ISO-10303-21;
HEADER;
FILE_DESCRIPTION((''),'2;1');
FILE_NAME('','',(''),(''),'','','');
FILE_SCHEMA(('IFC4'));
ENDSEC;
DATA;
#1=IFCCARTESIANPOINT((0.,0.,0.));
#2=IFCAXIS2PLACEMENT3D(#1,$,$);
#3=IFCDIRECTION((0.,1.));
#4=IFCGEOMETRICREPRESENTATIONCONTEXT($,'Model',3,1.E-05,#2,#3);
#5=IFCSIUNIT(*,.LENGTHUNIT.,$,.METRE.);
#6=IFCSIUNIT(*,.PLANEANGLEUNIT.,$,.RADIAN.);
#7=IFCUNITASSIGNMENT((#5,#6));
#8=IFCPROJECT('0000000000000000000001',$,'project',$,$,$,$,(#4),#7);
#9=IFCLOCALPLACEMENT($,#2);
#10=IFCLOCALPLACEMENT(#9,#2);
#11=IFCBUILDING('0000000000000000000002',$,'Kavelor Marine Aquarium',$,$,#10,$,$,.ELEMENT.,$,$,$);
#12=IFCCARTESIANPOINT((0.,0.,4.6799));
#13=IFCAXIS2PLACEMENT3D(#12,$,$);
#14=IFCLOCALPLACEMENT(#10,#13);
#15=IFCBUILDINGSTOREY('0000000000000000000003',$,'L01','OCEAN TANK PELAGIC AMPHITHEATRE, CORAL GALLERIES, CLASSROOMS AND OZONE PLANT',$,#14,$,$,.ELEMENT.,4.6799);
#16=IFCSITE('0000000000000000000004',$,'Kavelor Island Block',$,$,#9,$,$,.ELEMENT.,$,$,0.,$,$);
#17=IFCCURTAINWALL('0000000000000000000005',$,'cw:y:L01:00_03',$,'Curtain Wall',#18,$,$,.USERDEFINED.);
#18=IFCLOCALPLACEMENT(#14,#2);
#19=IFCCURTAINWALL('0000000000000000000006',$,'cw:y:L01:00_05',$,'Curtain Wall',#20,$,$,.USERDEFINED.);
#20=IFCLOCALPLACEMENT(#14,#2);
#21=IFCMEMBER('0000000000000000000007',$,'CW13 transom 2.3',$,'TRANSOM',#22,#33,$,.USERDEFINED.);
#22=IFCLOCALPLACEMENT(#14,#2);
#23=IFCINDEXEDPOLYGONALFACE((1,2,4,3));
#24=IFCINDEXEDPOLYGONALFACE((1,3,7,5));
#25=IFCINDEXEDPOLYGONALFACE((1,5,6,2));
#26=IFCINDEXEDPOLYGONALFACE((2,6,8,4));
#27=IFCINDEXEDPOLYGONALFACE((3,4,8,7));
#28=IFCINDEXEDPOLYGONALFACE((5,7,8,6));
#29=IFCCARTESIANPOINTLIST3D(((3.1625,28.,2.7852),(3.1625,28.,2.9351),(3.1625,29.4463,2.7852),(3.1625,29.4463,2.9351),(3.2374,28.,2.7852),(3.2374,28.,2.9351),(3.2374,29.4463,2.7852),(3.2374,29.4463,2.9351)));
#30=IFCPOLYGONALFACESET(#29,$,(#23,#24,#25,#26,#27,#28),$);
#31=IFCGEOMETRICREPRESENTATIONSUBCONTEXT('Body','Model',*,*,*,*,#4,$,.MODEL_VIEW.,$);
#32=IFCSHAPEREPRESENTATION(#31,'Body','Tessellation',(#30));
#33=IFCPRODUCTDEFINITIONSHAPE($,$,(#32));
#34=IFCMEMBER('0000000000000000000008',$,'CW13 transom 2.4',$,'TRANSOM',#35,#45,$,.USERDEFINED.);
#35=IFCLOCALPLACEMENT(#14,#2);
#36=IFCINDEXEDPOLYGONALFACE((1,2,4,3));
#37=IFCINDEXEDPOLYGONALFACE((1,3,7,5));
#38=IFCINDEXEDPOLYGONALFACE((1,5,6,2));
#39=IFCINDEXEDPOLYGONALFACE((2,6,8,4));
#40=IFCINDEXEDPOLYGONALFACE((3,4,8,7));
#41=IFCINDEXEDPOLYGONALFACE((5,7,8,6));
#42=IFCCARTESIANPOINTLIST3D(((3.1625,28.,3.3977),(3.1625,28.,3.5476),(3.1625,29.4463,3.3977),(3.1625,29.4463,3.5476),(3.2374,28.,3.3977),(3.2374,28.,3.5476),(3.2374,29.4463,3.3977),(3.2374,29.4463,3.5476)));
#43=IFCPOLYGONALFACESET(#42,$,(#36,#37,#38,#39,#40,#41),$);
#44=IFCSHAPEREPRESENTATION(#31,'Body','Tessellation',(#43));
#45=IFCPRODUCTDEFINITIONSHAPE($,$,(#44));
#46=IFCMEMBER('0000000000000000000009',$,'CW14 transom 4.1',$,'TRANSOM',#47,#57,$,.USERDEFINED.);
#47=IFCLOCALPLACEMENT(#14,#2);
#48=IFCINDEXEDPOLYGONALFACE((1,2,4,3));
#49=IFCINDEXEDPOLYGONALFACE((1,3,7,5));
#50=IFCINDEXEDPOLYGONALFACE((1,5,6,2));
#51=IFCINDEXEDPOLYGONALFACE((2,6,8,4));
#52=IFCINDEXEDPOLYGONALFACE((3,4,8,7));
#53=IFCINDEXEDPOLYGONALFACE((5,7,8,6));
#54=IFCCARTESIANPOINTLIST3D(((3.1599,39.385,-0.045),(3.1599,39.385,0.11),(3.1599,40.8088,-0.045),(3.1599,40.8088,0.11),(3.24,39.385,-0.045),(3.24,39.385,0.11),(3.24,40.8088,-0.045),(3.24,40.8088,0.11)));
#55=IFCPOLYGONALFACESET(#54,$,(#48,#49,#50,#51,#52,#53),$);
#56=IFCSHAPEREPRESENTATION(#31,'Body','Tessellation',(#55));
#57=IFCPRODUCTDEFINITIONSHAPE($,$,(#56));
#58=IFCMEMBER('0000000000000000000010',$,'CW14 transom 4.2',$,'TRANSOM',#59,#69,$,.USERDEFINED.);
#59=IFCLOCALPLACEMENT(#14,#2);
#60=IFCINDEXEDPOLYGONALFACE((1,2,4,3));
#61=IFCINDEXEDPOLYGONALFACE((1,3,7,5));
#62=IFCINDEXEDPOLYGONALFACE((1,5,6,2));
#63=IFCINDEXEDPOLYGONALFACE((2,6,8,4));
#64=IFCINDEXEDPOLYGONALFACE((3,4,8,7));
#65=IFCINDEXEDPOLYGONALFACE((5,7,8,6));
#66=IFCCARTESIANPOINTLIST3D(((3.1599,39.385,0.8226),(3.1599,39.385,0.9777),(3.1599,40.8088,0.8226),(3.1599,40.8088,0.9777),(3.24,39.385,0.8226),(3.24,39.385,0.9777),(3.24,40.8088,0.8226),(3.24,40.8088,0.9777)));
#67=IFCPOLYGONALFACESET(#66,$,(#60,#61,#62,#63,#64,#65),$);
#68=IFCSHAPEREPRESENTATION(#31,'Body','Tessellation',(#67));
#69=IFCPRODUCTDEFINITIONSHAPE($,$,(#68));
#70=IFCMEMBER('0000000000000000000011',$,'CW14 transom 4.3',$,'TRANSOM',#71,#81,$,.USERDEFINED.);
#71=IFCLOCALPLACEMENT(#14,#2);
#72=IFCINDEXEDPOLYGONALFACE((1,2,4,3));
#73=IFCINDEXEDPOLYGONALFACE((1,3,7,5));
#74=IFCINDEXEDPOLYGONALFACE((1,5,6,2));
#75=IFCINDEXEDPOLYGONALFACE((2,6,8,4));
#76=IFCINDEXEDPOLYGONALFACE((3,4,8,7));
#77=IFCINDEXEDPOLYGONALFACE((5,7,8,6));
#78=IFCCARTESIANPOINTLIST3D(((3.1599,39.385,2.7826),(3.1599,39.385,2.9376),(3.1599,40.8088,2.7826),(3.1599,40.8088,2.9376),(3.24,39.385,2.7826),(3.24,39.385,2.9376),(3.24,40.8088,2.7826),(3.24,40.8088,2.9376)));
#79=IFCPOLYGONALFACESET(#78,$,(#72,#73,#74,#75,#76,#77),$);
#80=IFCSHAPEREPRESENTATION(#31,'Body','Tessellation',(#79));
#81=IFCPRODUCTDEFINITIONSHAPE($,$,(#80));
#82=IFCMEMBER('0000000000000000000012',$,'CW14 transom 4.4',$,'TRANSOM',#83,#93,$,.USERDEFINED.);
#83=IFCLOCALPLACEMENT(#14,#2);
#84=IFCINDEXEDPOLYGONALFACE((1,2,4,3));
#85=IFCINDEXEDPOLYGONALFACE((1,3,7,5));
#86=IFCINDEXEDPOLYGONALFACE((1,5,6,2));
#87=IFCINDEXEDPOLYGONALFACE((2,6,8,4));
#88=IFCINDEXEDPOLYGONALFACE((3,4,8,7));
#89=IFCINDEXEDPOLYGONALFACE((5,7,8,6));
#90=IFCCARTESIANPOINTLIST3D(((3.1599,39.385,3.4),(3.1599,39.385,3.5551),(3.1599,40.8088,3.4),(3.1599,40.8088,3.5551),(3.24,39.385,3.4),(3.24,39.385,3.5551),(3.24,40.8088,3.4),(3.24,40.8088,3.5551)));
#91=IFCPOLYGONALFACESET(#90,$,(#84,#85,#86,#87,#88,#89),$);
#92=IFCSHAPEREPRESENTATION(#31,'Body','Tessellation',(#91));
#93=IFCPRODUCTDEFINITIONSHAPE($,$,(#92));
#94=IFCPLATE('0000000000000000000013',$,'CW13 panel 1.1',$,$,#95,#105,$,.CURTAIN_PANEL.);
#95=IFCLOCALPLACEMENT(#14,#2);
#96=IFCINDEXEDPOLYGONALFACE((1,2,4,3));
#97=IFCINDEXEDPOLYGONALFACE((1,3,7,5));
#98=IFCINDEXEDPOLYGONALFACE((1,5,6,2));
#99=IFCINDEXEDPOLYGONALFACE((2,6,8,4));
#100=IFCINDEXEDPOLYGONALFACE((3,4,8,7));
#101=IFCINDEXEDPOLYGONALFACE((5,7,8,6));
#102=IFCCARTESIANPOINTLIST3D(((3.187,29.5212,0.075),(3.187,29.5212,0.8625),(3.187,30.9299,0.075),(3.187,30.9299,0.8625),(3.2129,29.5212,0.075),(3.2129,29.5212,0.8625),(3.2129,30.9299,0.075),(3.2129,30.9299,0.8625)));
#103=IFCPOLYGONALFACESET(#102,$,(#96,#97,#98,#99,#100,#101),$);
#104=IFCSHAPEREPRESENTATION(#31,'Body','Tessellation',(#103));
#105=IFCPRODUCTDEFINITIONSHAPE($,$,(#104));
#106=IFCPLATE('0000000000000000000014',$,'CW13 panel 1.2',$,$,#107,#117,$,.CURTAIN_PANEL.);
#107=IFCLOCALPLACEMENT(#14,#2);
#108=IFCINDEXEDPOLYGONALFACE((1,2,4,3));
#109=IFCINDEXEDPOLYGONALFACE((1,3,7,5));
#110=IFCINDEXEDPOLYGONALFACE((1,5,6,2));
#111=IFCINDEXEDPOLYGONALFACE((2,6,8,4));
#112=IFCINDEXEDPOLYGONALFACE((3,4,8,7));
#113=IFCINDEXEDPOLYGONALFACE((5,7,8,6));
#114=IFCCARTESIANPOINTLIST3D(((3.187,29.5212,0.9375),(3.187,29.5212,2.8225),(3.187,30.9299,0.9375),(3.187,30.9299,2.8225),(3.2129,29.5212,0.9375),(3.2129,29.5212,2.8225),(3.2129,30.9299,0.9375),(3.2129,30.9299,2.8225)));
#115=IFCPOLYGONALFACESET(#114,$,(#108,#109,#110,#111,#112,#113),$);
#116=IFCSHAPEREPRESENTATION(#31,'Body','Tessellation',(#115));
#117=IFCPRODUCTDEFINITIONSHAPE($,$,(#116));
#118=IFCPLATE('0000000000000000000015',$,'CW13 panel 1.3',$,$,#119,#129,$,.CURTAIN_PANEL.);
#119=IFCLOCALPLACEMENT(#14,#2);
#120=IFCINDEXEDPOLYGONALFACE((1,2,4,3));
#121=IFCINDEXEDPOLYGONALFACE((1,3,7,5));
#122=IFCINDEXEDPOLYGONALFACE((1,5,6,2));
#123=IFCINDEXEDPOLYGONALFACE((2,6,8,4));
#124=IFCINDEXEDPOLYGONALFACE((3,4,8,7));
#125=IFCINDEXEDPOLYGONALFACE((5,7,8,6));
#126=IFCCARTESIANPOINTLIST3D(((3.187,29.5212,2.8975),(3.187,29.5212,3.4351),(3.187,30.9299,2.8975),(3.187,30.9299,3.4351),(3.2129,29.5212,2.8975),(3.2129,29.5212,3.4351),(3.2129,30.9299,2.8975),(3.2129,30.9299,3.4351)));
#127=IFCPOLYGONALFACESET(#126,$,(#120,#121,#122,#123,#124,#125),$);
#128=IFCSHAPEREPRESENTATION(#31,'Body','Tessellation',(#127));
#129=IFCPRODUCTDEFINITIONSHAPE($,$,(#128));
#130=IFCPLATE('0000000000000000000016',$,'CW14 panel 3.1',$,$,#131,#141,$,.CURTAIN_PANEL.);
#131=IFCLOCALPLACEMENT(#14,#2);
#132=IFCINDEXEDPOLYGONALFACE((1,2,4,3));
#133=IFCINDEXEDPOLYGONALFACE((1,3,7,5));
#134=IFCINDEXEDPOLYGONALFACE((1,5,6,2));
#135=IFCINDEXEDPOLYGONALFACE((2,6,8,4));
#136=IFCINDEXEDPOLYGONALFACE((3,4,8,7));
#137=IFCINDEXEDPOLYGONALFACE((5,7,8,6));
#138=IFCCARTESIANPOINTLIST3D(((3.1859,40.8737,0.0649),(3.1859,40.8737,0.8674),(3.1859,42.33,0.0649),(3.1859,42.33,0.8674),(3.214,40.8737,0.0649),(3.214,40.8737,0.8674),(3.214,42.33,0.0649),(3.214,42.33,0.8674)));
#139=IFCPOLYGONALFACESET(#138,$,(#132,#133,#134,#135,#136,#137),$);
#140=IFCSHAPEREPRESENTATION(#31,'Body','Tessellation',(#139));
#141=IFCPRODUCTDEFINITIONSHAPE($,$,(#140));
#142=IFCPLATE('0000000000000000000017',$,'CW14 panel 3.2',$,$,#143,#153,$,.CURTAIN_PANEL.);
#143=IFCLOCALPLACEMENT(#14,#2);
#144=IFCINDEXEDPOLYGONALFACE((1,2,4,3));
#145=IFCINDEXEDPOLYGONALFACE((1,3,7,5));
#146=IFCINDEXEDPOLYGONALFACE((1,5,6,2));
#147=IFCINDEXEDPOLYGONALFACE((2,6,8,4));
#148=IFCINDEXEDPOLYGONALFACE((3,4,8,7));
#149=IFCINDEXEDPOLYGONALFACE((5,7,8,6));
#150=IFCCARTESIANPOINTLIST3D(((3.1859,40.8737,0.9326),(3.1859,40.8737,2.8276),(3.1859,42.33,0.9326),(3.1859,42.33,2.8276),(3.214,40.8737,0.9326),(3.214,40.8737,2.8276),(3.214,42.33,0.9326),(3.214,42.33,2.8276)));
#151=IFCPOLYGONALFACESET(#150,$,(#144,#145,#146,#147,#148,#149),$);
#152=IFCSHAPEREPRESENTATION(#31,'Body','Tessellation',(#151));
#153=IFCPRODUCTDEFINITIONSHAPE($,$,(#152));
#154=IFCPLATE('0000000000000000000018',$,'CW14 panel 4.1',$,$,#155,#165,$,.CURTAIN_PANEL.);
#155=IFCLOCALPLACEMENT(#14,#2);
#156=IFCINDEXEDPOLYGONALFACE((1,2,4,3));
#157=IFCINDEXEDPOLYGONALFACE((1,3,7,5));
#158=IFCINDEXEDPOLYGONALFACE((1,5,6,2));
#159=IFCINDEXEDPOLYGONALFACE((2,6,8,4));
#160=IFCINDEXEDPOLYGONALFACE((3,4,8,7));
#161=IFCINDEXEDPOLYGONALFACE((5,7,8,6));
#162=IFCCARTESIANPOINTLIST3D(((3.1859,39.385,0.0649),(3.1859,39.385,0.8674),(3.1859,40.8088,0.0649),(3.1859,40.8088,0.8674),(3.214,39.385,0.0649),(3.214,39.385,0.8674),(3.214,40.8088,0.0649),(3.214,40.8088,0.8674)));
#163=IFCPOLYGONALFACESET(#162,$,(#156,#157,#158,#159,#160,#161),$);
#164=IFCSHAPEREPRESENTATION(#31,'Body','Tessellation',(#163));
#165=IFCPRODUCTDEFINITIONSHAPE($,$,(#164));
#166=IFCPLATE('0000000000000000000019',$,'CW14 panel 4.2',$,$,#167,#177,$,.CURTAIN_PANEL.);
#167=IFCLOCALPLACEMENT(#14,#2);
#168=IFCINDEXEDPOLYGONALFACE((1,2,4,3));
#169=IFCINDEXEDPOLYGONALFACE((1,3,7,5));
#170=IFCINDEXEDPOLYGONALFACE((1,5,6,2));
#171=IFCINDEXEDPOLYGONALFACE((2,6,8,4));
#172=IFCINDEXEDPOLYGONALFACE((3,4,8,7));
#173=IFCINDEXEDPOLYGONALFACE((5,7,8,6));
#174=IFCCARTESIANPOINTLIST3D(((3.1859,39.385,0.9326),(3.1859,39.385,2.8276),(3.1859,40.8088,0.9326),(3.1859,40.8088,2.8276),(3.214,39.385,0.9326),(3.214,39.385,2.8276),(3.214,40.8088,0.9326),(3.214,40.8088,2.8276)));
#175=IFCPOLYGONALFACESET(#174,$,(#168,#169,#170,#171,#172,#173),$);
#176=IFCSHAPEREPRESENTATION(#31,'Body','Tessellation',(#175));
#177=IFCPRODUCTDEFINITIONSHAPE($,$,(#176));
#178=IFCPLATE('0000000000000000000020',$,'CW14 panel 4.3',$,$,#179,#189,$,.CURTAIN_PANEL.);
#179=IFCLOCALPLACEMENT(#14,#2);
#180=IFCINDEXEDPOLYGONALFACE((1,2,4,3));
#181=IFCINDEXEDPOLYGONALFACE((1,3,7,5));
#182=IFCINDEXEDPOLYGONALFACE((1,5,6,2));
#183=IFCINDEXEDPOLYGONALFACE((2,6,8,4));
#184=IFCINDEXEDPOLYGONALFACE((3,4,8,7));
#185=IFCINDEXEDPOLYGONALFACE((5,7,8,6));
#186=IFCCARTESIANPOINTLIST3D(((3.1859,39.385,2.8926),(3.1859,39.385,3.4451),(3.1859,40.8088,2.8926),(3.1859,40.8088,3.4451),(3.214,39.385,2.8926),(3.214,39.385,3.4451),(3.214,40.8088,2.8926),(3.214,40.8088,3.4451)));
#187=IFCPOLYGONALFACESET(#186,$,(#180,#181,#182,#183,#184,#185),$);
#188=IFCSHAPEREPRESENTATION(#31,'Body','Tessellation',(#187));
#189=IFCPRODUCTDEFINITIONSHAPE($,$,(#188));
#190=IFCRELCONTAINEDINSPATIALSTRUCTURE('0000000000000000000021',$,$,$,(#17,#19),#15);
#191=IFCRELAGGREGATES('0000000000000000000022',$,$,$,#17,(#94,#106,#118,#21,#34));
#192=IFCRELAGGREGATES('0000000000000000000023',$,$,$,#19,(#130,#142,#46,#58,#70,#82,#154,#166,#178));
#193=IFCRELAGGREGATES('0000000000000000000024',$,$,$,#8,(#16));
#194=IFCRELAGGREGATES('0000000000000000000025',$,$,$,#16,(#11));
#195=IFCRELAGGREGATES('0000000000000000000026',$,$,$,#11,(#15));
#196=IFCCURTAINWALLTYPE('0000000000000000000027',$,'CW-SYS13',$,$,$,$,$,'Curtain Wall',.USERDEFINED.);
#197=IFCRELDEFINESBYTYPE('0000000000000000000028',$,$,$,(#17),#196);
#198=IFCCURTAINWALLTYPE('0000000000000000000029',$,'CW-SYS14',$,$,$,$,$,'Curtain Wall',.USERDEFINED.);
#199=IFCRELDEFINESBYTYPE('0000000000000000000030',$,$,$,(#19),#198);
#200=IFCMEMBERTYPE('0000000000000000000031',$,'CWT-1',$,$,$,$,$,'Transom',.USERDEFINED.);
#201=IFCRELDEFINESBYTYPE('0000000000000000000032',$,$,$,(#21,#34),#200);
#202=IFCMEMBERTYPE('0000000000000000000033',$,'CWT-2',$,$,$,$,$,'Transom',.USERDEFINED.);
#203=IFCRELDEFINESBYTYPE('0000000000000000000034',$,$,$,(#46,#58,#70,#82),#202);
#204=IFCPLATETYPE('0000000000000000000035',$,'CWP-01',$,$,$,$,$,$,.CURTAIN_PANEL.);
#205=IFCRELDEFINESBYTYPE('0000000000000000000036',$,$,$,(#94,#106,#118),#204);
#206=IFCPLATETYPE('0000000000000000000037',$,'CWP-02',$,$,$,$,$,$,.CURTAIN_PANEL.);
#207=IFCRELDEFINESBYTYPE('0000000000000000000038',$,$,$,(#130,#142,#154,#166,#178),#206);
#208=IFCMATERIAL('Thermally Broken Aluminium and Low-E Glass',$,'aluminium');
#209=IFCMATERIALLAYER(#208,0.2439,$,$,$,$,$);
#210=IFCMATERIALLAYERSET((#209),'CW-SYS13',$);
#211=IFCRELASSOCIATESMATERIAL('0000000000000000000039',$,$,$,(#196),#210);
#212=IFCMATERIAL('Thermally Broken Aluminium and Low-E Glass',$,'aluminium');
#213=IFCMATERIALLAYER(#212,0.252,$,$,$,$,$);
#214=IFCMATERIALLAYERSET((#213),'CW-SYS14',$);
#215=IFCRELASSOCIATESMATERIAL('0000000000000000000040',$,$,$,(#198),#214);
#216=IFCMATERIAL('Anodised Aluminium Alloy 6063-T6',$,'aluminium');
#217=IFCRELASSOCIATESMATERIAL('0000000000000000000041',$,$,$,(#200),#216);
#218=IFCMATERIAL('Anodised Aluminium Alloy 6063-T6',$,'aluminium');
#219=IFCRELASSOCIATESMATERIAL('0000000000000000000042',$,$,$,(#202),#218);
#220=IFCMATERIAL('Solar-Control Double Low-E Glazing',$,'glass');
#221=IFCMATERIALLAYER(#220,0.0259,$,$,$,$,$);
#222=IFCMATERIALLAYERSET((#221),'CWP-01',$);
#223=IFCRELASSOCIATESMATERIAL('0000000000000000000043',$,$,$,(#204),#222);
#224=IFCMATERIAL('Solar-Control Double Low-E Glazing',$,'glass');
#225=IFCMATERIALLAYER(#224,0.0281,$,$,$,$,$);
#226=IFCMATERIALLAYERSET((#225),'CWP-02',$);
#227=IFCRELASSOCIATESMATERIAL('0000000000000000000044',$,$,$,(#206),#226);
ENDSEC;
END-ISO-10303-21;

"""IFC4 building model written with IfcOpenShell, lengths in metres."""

from ifc_helpers import new_model, si_unit, direction, frame, origin, origin_2d, place, context, subcontext, project, spatial, rectangle, extrude, material, layer, layer_set, material_profile, profile_set, type_object, element, aggregate, save


model = new_model("IFC4")

# Units and contexts
model_context = context("Model", 3, precision=1e-05, world=origin(), true_north=direction((0.0, 1.0)))
body_context = subcontext(model_context, "Body", "Model", "MODEL_VIEW")
ifc_project = project(units=[si_unit("LENGTHUNIT", "METRE"), si_unit("PLANEANGLEUNIT", "RADIAN")], contexts=[model_context])

# Site, building, storey
site_placement = place(None, origin())
site = spatial("IfcSite", under=ifc_project, at=site_placement, Name="Kavelor Island Block", CompositionType="ELEMENT", RefElevation=0.0)
building_placement = place(site_placement, origin())
building = spatial("IfcBuilding", under=site, at=building_placement, Name="Kavelor Marine Aquarium", CompositionType="ELEMENT")
storey_placement = place(building_placement, frame((0.0, 0.0, 4.6799)))
storey = spatial("IfcBuildingStorey", under=building, at=storey_placement, Name="L01", Description="OCEAN TANK PELAGIC AMPHITHEATRE, CORAL GALLERIES, CLASSROOMS AND OZONE PLANT", CompositionType="ELEMENT", Elevation=4.6799)

# Curtain walls
ifc_material_1 = material(Name="Thermally Broken Aluminium and Low-E Glass", Category="aluminium")
ifc_layer_1 = layer(ifc_material_1, 0.2439)
ifc_layer_set_1 = layer_set([ifc_layer_1], Name="CW-SYS13")
curtain_wall_type_1 = type_object("IfcCurtainWallType", Name="CW-SYS13", ElementType="Curtain Wall", PredefinedType="USERDEFINED", material=ifc_layer_set_1)
curtain_wall_1_placement = place(storey_placement, origin())
curtain_wall_1 = element("IfcCurtainWall", 1, at=curtain_wall_1_placement, inside=storey, type_object=curtain_wall_type_1, Name="cw:y:L01:00_03", ObjectType="Curtain Wall", PredefinedType="USERDEFINED")
ifc_material_2 = material(Name="Thermally Broken Aluminium and Low-E Glass", Category="aluminium")
ifc_layer_2 = layer(ifc_material_2, 0.252)
ifc_layer_set_2 = layer_set([ifc_layer_2], Name="CW-SYS14")
curtain_wall_type_2 = type_object("IfcCurtainWallType", Name="CW-SYS14", ElementType="Curtain Wall", PredefinedType="USERDEFINED", material=ifc_layer_set_2)
curtain_wall_2_placement = place(storey_placement, origin())
curtain_wall_2 = element("IfcCurtainWall", 2, at=curtain_wall_2_placement, inside=storey, type_object=curtain_wall_type_2, Name="cw:y:L01:00_05", ObjectType="Curtain Wall", PredefinedType="USERDEFINED")

# Members
ifc_material_3 = material(Name="Anodised Aluminium Alloy 6063-T6", Category="aluminium")
ifc_material_profile_1 = material_profile(ifc_material_3, rectangle(XDim=0.075, YDim=0.1499, at=origin_2d()), Name="CW-TRN 75x150")
ifc_profile_set_1 = profile_set([ifc_material_profile_1], Name="Anodised Aluminium Alloy 6063-T6")
member_type_1 = type_object("IfcMemberType", Name="CWT-1", ElementType="Transom", PredefinedType="USERDEFINED", material=ifc_profile_set_1)
member_1_placement = place(storey_placement, frame((3.2, 29.4463, 2.8601), z_axis=(0.0, -1.0, 0.0), x_axis=(1.0, 0.0, 0.0)))
member_1 = element("IfcMember", 3, at=member_1_placement, type_object=member_type_1, Name="CW13 transom 2.3", ObjectType="TRANSOM", PredefinedType="USERDEFINED", context=body_context, shape_type="SweptSolid", body=[
    extrude(rectangle(XDim=0.075, YDim=0.1499, at=origin_2d()), origin(), (0.0, 0.0, 1.0), 1.4463),
])
member_2_placement = place(storey_placement, frame((3.2, 29.4463, 3.4727), z_axis=(0.0, -1.0, 0.0), x_axis=(1.0, 0.0, 0.0)))
member_2 = element("IfcMember", 4, at=member_2_placement, type_object=member_type_1, Name="CW13 transom 2.4", ObjectType="TRANSOM", PredefinedType="USERDEFINED", context=body_context, shape_type="SweptSolid", body=[
    extrude(rectangle(XDim=0.075, YDim=0.1499, at=origin_2d()), origin(), (0.0, 0.0, 1.0), 1.4463),
])
ifc_material_4 = material(Name="Anodised Aluminium Alloy 6063-T6", Category="aluminium")
ifc_material_profile_2 = material_profile(ifc_material_4, rectangle(XDim=0.0801, YDim=0.155, at=origin_2d()), Name="CW-TRN 80x155")
ifc_profile_set_2 = profile_set([ifc_material_profile_2], Name="Anodised Aluminium Alloy 6063-T6")
member_type_2 = type_object("IfcMemberType", Name="CWT-2", ElementType="Transom", PredefinedType="USERDEFINED", material=ifc_profile_set_2)
member_3_placement = place(storey_placement, frame((3.2, 40.8088, 0.0325), z_axis=(0.0, -1.0, 0.0), x_axis=(1.0, 0.0, 0.0)))
member_3 = element("IfcMember", 5, at=member_3_placement, type_object=member_type_2, Name="CW14 transom 4.1", ObjectType="TRANSOM", PredefinedType="USERDEFINED", context=body_context, shape_type="SweptSolid", body=[
    extrude(rectangle(XDim=0.0801, YDim=0.155, at=origin_2d()), origin(), (0.0, 0.0, 1.0), 1.4238),
])
member_4_placement = place(storey_placement, frame((3.2, 40.8088, 0.9001), z_axis=(0.0, -1.0, 0.0), x_axis=(1.0, 0.0, 0.0)))
member_4 = element("IfcMember", 6, at=member_4_placement, type_object=member_type_2, Name="CW14 transom 4.2", ObjectType="TRANSOM", PredefinedType="USERDEFINED", context=body_context, shape_type="SweptSolid", body=[
    extrude(rectangle(XDim=0.0801, YDim=0.155, at=origin_2d()), origin(), (0.0, 0.0, 1.0), 1.4238),
])
member_5_placement = place(storey_placement, frame((3.2, 40.8088, 2.8601), z_axis=(0.0, -1.0, 0.0), x_axis=(1.0, 0.0, 0.0)))
member_5 = element("IfcMember", 7, at=member_5_placement, type_object=member_type_2, Name="CW14 transom 4.3", ObjectType="TRANSOM", PredefinedType="USERDEFINED", context=body_context, shape_type="SweptSolid", body=[
    extrude(rectangle(XDim=0.0801, YDim=0.155, at=origin_2d()), origin(), (0.0, 0.0, 1.0), 1.4238),
])
member_6_placement = place(storey_placement, frame((3.2, 40.8088, 3.4775), z_axis=(0.0, -1.0, 0.0), x_axis=(1.0, 0.0, 0.0)))
member_6 = element("IfcMember", 8, at=member_6_placement, type_object=member_type_2, Name="CW14 transom 4.4", ObjectType="TRANSOM", PredefinedType="USERDEFINED", context=body_context, shape_type="SweptSolid", body=[
    extrude(rectangle(XDim=0.0801, YDim=0.155, at=origin_2d()), origin(), (0.0, 0.0, 1.0), 1.4238),
])

# Plates
ifc_material_5 = material(Name="Solar-Control Double Low-E Glazing", Category="glass")
ifc_layer_3 = layer(ifc_material_5, 0.0259)
ifc_layer_set_3 = layer_set([ifc_layer_3], Name="CWP-01")
plate_type_1 = type_object("IfcPlateType", Name="CWP-01", PredefinedType="CURTAIN_PANEL", material=ifc_layer_set_3)
plate_1_placement = place(storey_placement, frame((3.2, 30.2256, 0.075), z_axis=(0.0, 0.0, 1.0), x_axis=(0.0, -1.0, 0.0)))
plate_1 = element("IfcPlate", 9, at=plate_1_placement, type_object=plate_type_1, Name="CW13 panel 1.1", PredefinedType="CURTAIN_PANEL", context=body_context, shape_type="SweptSolid", body=[
    extrude(rectangle(XDim=1.4087, YDim=0.0259, at=origin_2d()), origin(), (0.0, 0.0, 1.0), 0.7876),
])
plate_2_placement = place(storey_placement, frame((3.2, 30.2256, 0.9375), z_axis=(0.0, 0.0, 1.0), x_axis=(0.0, -1.0, 0.0)))
plate_2 = element("IfcPlate", 10, at=plate_2_placement, type_object=plate_type_1, Name="CW13 panel 1.2", PredefinedType="CURTAIN_PANEL", context=body_context, shape_type="SweptSolid", body=[
    extrude(rectangle(XDim=1.4087, YDim=0.0259, at=origin_2d()), origin(), (0.0, 0.0, 1.0), 1.885),
])
plate_3_placement = place(storey_placement, frame((3.2, 30.2256, 2.8975), z_axis=(0.0, 0.0, 1.0), x_axis=(0.0, -1.0, 0.0)))
plate_3 = element("IfcPlate", 11, at=plate_3_placement, type_object=plate_type_1, Name="CW13 panel 1.3", PredefinedType="CURTAIN_PANEL", context=body_context, shape_type="SweptSolid", body=[
    extrude(rectangle(XDim=1.4087, YDim=0.0259, at=origin_2d()), origin(), (0.0, 0.0, 1.0), 0.5376),
])
aggregate(curtain_wall_1, [plate_1, plate_2, plate_3, member_1, member_2])
ifc_material_6 = material(Name="Solar-Control Double Low-E Glazing", Category="glass")
ifc_layer_4 = layer(ifc_material_6, 0.0281)
ifc_layer_set_4 = layer_set([ifc_layer_4], Name="CWP-02")
plate_type_2 = type_object("IfcPlateType", Name="CWP-02", PredefinedType="CURTAIN_PANEL", material=ifc_layer_set_4)
plate_4_placement = place(storey_placement, frame((3.2, 41.6018, 0.0649), z_axis=(0.0, 0.0, 1.0), x_axis=(0.0, -1.0, 0.0)))
plate_4 = element("IfcPlate", 12, at=plate_4_placement, type_object=plate_type_2, Name="CW14 panel 3.1", PredefinedType="CURTAIN_PANEL", context=body_context, shape_type="SweptSolid", body=[
    extrude(rectangle(XDim=1.4563, YDim=0.0281, at=origin_2d()), origin(), (0.0, 0.0, 1.0), 0.8025),
])
plate_5_placement = place(storey_placement, frame((3.2, 41.6018, 0.9326), z_axis=(0.0, 0.0, 1.0), x_axis=(0.0, -1.0, 0.0)))
plate_5 = element("IfcPlate", 13, at=plate_5_placement, type_object=plate_type_2, Name="CW14 panel 3.2", PredefinedType="CURTAIN_PANEL", context=body_context, shape_type="SweptSolid", body=[
    extrude(rectangle(XDim=1.4563, YDim=0.0281, at=origin_2d()), origin(), (0.0, 0.0, 1.0), 1.895),
])
plate_6_placement = place(storey_placement, frame((3.2, 40.0969, 0.0649), z_axis=(0.0, 0.0, 1.0), x_axis=(0.0, -1.0, 0.0)))
plate_6 = element("IfcPlate", 14, at=plate_6_placement, type_object=plate_type_2, Name="CW14 panel 4.1", PredefinedType="CURTAIN_PANEL", context=body_context, shape_type="SweptSolid", body=[
    extrude(rectangle(XDim=1.4238, YDim=0.0281, at=origin_2d()), origin(), (0.0, 0.0, 1.0), 0.8025),
])
plate_7_placement = place(storey_placement, frame((3.2, 40.0969, 0.9326), z_axis=(0.0, 0.0, 1.0), x_axis=(0.0, -1.0, 0.0)))
plate_7 = element("IfcPlate", 15, at=plate_7_placement, type_object=plate_type_2, Name="CW14 panel 4.2", PredefinedType="CURTAIN_PANEL", context=body_context, shape_type="SweptSolid", body=[
    extrude(rectangle(XDim=1.4238, YDim=0.0281, at=origin_2d()), origin(), (0.0, 0.0, 1.0), 1.895),
])
plate_8_placement = place(storey_placement, frame((3.2, 40.0969, 2.8926), z_axis=(0.0, 0.0, 1.0), x_axis=(0.0, -1.0, 0.0)))
plate_8 = element("IfcPlate", 16, at=plate_8_placement, type_object=plate_type_2, Name="CW14 panel 4.3", PredefinedType="CURTAIN_PANEL", context=body_context, shape_type="SweptSolid", body=[
    extrude(rectangle(XDim=1.4238, YDim=0.0281, at=origin_2d()), origin(), (0.0, 0.0, 1.0), 0.5525),
])
aggregate(curtain_wall_2, [plate_4, plate_5, member_3, member_4, member_5, member_6, plate_6, plate_7, plate_8])

save(model, "model.ifc")
